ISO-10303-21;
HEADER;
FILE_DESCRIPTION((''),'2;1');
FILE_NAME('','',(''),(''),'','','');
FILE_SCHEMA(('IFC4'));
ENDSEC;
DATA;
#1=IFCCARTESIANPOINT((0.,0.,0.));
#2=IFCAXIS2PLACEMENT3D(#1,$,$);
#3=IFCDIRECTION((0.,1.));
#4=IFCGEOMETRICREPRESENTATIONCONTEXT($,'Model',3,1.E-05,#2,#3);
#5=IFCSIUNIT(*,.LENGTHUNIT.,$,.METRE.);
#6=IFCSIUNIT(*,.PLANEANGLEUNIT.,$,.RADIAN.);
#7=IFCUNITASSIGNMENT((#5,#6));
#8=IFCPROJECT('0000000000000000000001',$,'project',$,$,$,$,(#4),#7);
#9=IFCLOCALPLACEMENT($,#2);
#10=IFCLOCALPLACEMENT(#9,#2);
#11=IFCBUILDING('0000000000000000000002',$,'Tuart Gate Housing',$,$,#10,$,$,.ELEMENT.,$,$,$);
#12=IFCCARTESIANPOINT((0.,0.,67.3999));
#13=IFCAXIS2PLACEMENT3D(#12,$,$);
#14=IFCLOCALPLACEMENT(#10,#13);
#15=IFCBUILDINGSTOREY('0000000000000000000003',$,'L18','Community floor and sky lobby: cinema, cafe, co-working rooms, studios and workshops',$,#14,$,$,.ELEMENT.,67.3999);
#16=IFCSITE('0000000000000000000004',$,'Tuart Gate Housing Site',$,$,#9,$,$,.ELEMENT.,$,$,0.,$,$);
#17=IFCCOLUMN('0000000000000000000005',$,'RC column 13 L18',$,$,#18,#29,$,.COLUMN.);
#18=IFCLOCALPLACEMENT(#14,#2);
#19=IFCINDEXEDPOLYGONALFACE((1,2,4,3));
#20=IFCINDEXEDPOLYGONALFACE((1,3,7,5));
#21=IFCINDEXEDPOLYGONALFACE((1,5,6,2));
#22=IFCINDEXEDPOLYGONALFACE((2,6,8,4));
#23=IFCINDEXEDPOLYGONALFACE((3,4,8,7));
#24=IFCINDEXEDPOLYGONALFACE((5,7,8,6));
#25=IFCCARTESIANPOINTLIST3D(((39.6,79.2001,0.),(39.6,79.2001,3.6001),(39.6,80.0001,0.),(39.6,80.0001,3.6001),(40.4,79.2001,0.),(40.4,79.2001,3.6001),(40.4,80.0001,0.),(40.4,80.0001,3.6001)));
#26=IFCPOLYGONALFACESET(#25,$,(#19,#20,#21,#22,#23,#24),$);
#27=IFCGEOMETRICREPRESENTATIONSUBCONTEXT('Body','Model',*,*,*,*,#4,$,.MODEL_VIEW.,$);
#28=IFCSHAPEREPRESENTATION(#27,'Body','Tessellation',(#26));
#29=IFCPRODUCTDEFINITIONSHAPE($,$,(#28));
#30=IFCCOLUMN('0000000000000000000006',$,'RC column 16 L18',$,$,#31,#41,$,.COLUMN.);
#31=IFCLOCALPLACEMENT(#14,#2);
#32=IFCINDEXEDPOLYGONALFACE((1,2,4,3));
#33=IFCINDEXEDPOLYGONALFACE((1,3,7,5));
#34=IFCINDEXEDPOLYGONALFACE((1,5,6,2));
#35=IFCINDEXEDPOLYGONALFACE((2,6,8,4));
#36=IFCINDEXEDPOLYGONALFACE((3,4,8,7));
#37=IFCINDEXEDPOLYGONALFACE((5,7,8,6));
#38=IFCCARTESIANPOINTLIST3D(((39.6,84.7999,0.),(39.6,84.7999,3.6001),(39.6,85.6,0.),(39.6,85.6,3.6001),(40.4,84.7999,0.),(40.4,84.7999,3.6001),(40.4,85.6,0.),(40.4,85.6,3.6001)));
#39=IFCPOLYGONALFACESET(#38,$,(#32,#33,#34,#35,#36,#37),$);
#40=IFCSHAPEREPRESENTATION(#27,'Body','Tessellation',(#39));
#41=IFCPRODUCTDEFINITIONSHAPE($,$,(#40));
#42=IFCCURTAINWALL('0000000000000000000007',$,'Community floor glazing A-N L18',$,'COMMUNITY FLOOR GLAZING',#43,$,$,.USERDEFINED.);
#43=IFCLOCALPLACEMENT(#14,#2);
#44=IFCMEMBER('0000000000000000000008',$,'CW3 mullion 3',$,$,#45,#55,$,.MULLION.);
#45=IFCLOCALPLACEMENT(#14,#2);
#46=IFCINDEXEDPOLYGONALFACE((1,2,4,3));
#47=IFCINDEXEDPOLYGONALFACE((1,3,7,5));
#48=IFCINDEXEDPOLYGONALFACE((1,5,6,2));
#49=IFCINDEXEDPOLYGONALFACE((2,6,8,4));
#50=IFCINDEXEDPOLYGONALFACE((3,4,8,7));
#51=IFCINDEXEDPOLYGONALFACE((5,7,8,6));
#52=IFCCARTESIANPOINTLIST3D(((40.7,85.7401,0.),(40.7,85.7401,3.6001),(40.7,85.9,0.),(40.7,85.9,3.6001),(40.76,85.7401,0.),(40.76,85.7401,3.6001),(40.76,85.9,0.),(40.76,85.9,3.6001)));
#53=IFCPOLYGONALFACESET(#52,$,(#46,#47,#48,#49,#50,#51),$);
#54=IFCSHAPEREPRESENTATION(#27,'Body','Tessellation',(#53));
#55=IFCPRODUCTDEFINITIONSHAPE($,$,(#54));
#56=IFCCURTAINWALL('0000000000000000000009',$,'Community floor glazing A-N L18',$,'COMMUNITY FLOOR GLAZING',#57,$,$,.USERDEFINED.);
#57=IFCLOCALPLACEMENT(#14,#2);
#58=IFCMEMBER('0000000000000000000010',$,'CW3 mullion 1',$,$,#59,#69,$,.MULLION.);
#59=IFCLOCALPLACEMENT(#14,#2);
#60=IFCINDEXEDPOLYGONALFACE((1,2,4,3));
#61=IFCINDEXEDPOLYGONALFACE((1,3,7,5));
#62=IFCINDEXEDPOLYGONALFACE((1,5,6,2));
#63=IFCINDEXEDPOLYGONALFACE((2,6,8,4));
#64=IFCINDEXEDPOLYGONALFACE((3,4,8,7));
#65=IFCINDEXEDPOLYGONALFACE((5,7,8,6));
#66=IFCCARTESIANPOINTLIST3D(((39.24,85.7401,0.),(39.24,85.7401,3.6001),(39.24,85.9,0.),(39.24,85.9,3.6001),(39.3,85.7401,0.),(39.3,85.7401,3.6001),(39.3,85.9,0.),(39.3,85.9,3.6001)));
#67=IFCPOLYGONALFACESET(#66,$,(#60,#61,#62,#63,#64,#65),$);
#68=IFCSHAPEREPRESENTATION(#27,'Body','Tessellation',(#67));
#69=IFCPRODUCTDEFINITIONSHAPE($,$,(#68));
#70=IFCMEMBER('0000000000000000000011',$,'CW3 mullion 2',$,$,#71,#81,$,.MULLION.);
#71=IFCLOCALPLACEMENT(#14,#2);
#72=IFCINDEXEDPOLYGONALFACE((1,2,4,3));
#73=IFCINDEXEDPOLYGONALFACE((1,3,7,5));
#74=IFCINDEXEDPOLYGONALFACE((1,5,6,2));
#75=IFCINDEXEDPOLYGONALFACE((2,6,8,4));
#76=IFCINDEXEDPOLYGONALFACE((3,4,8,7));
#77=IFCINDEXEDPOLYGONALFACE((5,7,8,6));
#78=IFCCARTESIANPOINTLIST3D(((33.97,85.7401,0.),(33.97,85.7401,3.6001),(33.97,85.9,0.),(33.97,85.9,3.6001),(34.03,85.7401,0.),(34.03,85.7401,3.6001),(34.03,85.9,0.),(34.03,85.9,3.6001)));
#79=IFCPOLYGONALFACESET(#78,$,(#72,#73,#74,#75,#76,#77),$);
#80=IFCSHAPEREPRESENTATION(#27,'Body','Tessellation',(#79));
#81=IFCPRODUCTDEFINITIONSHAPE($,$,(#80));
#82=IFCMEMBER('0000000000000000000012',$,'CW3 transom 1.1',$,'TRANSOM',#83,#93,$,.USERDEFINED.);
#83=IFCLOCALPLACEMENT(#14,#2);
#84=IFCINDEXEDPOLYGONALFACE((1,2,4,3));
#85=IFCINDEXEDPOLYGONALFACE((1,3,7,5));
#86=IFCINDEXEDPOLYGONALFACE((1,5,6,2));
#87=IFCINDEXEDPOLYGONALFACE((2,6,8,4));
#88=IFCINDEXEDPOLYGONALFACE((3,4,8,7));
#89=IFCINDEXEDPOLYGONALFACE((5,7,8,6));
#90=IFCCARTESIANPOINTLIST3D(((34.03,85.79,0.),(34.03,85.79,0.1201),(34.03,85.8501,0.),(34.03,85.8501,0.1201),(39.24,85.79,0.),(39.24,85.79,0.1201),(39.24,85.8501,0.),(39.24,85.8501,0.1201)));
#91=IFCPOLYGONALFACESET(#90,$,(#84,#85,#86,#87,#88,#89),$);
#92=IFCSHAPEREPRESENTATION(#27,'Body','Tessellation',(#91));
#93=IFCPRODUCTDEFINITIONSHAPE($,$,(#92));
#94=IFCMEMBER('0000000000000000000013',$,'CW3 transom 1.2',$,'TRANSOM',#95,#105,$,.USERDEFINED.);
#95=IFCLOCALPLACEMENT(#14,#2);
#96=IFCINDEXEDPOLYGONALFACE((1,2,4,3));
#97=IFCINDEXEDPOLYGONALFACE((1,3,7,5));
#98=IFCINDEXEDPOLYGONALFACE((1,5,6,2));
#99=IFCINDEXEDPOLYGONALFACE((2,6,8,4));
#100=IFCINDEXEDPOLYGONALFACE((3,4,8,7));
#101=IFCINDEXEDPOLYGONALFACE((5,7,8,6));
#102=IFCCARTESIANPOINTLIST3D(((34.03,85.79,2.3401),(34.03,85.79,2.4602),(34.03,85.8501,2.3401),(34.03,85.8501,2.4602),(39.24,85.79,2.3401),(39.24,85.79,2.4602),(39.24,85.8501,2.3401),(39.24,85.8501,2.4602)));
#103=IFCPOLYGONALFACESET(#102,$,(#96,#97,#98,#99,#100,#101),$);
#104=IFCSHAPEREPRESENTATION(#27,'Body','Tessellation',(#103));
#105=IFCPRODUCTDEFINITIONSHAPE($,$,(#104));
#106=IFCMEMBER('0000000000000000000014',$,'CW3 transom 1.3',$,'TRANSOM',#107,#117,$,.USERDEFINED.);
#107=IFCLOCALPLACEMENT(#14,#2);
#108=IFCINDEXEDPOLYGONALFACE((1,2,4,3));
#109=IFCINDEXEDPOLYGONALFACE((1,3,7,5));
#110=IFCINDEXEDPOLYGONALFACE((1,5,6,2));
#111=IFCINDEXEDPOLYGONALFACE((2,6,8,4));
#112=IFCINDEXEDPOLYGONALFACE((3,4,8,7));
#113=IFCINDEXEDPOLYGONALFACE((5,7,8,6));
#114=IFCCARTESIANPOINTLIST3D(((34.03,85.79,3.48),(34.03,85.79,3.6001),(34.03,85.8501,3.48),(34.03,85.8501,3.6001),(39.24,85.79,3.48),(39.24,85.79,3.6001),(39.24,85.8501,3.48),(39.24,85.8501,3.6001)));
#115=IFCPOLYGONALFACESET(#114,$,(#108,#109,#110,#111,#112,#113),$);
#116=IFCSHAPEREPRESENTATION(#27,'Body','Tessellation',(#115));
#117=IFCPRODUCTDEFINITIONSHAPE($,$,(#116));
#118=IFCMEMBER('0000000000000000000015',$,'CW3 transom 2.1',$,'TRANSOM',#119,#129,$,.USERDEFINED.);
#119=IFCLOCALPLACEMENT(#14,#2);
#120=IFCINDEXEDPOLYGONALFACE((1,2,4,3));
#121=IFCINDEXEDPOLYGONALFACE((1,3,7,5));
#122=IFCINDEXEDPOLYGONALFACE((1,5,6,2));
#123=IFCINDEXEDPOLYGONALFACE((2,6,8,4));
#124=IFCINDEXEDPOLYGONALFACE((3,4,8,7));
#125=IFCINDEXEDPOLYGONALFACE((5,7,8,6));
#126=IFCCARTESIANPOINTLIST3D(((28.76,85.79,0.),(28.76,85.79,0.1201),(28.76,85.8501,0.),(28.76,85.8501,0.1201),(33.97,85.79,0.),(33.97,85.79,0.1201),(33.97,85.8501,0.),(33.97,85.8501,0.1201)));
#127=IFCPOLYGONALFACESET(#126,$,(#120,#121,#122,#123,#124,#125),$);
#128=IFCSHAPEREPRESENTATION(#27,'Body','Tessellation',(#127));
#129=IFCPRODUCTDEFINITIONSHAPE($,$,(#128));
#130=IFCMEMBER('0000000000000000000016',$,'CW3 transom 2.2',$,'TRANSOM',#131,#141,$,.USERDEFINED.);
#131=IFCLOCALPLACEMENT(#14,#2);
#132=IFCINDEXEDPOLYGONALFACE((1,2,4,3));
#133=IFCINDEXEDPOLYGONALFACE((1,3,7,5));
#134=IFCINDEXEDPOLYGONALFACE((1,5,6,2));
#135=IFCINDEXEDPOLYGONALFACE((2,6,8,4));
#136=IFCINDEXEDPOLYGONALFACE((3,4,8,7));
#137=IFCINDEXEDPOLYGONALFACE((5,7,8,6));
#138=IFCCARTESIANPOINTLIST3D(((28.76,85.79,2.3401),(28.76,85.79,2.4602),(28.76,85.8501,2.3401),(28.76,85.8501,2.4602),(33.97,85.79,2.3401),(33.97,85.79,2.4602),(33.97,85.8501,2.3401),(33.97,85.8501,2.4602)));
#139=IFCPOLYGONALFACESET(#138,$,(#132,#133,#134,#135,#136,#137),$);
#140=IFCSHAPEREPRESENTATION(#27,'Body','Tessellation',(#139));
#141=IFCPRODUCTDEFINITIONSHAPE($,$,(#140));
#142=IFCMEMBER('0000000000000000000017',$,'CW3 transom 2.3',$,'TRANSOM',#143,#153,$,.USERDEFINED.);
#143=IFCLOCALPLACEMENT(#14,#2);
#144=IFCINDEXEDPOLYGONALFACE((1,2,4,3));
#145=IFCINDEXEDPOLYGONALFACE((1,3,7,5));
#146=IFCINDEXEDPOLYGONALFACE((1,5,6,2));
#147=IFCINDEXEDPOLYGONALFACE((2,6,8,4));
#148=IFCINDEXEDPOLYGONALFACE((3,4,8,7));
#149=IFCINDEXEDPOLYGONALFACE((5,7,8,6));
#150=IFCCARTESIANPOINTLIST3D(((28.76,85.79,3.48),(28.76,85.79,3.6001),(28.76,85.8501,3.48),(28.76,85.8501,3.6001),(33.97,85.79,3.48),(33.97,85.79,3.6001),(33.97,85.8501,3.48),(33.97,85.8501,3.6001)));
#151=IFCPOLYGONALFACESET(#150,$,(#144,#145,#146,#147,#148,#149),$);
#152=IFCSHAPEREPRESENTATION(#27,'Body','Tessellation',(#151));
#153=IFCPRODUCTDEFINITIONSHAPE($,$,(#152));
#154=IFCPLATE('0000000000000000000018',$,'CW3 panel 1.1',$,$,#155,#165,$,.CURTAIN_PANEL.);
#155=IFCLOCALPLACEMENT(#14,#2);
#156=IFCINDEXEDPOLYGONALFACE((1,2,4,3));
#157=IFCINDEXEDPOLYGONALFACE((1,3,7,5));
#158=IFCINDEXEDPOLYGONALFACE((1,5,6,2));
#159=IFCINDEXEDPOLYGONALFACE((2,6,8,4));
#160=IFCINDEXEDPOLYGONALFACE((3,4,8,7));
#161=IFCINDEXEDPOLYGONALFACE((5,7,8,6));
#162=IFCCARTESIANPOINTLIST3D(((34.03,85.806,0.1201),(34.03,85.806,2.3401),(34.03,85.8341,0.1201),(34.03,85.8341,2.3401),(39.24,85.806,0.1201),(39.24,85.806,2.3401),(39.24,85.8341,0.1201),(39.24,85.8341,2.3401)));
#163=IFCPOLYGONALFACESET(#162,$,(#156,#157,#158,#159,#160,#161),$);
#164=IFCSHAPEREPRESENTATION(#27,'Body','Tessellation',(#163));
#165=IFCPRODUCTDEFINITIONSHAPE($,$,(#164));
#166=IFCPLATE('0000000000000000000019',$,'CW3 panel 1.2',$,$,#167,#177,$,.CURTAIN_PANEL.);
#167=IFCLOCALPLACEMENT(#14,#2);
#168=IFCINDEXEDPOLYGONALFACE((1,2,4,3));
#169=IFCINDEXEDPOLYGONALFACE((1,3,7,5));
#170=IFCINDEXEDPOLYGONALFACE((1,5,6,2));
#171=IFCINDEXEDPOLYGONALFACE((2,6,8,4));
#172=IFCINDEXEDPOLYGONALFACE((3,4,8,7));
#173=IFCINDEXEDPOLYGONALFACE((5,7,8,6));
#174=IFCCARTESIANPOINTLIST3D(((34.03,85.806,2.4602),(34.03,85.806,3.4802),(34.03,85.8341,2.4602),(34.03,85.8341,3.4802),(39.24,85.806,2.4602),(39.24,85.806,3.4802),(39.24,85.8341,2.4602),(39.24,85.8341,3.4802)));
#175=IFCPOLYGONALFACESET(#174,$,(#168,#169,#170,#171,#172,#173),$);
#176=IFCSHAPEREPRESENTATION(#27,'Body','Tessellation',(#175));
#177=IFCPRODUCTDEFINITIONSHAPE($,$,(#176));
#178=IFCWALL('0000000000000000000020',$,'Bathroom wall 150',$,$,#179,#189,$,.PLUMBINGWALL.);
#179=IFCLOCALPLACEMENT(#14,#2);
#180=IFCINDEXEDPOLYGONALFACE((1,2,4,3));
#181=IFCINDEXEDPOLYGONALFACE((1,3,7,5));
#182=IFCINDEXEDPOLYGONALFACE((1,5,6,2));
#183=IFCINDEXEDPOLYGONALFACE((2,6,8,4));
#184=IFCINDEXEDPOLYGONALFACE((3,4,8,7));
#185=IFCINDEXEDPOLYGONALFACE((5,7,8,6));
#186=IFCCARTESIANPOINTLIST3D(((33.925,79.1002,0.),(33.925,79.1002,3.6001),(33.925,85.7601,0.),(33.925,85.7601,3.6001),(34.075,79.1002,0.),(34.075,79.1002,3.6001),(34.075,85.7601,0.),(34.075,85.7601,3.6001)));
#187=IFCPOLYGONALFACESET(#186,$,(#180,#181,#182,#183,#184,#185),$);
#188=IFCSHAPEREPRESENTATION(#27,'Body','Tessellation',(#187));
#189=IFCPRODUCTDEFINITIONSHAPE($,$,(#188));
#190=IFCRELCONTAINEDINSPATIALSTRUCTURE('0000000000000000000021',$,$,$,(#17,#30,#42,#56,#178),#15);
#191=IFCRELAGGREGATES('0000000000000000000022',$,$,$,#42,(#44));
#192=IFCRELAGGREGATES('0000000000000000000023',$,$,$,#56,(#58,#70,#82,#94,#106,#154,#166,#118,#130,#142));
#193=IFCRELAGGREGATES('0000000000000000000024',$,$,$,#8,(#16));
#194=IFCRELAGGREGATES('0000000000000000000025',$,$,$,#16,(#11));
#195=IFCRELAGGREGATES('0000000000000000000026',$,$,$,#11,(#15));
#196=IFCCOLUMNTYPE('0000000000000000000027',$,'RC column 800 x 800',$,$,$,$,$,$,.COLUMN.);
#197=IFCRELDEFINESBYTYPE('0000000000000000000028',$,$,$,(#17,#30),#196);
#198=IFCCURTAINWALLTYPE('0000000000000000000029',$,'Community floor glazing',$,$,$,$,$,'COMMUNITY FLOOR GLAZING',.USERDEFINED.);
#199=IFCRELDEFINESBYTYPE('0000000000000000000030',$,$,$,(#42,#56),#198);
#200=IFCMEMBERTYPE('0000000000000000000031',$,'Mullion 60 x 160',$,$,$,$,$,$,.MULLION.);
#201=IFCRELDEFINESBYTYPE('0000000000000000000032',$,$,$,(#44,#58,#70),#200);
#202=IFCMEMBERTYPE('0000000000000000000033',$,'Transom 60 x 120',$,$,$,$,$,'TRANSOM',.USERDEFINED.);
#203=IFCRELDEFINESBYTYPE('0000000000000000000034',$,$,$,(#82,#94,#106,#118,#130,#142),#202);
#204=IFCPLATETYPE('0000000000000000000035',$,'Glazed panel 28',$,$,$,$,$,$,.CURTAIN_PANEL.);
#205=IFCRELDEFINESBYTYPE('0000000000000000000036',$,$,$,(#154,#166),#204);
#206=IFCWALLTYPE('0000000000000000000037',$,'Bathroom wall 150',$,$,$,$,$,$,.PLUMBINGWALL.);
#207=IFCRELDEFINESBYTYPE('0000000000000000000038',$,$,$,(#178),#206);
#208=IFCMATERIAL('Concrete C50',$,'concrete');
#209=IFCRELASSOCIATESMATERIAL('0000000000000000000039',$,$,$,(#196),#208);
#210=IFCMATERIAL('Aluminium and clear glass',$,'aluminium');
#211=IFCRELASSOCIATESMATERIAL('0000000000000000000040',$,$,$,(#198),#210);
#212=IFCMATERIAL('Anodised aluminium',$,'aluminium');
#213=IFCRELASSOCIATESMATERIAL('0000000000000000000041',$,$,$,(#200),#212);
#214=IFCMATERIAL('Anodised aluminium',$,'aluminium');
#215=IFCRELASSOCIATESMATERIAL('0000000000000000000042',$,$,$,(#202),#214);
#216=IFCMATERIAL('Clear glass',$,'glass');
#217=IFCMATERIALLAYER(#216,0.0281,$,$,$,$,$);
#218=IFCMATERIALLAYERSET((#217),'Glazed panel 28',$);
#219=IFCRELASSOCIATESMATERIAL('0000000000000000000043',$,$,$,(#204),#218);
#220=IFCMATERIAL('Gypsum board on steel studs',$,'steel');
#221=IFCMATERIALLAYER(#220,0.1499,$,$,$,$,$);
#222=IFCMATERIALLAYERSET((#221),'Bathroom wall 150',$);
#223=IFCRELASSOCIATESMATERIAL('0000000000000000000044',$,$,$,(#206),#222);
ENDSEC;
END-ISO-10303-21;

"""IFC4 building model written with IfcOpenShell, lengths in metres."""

from ifc_helpers import new_model, si_unit, direction, frame, frame_2d, origin, origin_2d, place, context, subcontext, project, spatial, rectangle, extrude, material, layer, layer_set, material_profile, profile_set, type_object, element, aggregate, save


model = new_model("IFC4")

# Units and contexts
model_context = context("Model", 3, precision=1e-05, world=origin(), true_north=direction((0.0, 1.0)))
body_context = subcontext(model_context, "Body", "Model", "MODEL_VIEW")
ifc_project = project(units=[si_unit("LENGTHUNIT", "METRE"), si_unit("PLANEANGLEUNIT", "RADIAN")], contexts=[model_context])

# Site, building, storey
site_placement = place(None, origin())
site = spatial("IfcSite", under=ifc_project, at=site_placement, Name="Tuart Gate Housing Site", CompositionType="ELEMENT", RefElevation=0.0)
building_placement = place(site_placement, origin())
building = spatial("IfcBuilding", under=site, at=building_placement, Name="Tuart Gate Housing", CompositionType="ELEMENT")
storey_placement = place(building_placement, frame((0.0, 0.0, 67.3999)))
storey = spatial("IfcBuildingStorey", under=building, at=storey_placement, Name="L18", Description="Community floor and sky lobby: cinema, cafe, co-working rooms, studios and workshops", CompositionType="ELEMENT", Elevation=67.3999)

# Columns
ifc_material_1 = material(Name="Concrete C50", Category="concrete")
ifc_material_profile_1 = material_profile(ifc_material_1, rectangle(XDim=0.8, YDim=0.8, at=origin_2d()), Name="RC column 800 x 800")
ifc_profile_set_1 = profile_set([ifc_material_profile_1], Name="Concrete C50")
column_type = type_object("IfcColumnType", Name="RC column 800 x 800", PredefinedType="COLUMN", material=ifc_profile_set_1)
for number, where, z_axis, x_axis, name in (
    (1, (40.0, 79.6001, 0.0), (0.0, 0.0, 1.0), (1.0, 0.0, 0.0), "RC column 13 L18"),
    (2, (40.0, 85.2, 0.0), (0.0, 0.0, 1.0), (1.0, 0.0, 0.0), "RC column 16 L18"),
):
    element("IfcColumn", number, at=place(storey_placement, frame(where, z_axis=z_axis, x_axis=x_axis)), inside=storey, type_object=column_type, Name=name, PredefinedType="COLUMN", context=body_context, shape_type="SweptSolid", body=[
        extrude(rectangle(XDim=0.8, YDim=0.8, at=origin_2d()), origin(), (0.0, 0.0, 1.0), 3.6001),
    ])

# Curtain wall, member
ifc_material_2 = material(Name="Aluminium and clear glass", Category="aluminium")
curtain_wall_type = type_object("IfcCurtainWallType", Name="Community floor glazing", ElementType="COMMUNITY FLOOR GLAZING", PredefinedType="USERDEFINED", material=ifc_material_2)
curtain_wall_1_placement = place(storey_placement, origin())
curtain_wall_1 = element("IfcCurtainWall", 3, at=curtain_wall_1_placement, inside=storey, type_object=curtain_wall_type, Name="Community floor glazing A-N L18", ObjectType="COMMUNITY FLOOR GLAZING", PredefinedType="USERDEFINED")
ifc_material_3 = material(Name="Anodised aluminium", Category="aluminium")
ifc_material_profile_2 = material_profile(ifc_material_3, rectangle(XDim=0.0601, YDim=0.1599, at=origin_2d()), Name="60x160")
ifc_profile_set_2 = profile_set([ifc_material_profile_2], Name="Anodised aluminium")
member_type_1 = type_object("IfcMemberType", Name="Mullion 60 x 160", PredefinedType="MULLION", material=ifc_profile_set_2)
member_1_placement = place(storey_placement, frame((40.73, 85.8201, 0.0), z_axis=(0.0, 0.0, 1.0), x_axis=(-1.0, 0.0, 0.0)))
member_1 = element("IfcMember", 4, at=member_1_placement, type_object=member_type_1, Name="CW3 mullion 3", PredefinedType="MULLION", context=body_context, shape_type="SweptSolid", body=[
    extrude(rectangle(XDim=0.0601, YDim=0.1599, at=origin_2d()), origin(), (0.0, 0.0, 1.0), 3.6001),
])
aggregate(curtain_wall_1, [member_1])

# Curtain wall, members, plates
curtain_wall_2_placement = place(storey_placement, origin())
curtain_wall_2 = element("IfcCurtainWall", 5, at=curtain_wall_2_placement, inside=storey, type_object=curtain_wall_type, Name="Community floor glazing A-N L18", ObjectType="COMMUNITY FLOOR GLAZING", PredefinedType="USERDEFINED")
member_2_placement = place(storey_placement, frame((39.27, 85.8201, 0.0), z_axis=(0.0, 0.0, 1.0), x_axis=(-1.0, 0.0, 0.0)))
member_2 = element("IfcMember", 6, at=member_2_placement, type_object=member_type_1, Name="CW3 mullion 1", PredefinedType="MULLION", context=body_context, shape_type="SweptSolid", body=[
    extrude(rectangle(XDim=0.0601, YDim=0.1599, at=origin_2d()), origin(), (0.0, 0.0, 1.0), 3.6001),
])
member_3_placement = place(storey_placement, frame((34.0, 85.8201, 0.0), z_axis=(0.0, 0.0, 1.0), x_axis=(-1.0, 0.0, 0.0)))
member_3 = element("IfcMember", 7, at=member_3_placement, type_object=member_type_1, Name="CW3 mullion 2", PredefinedType="MULLION", context=body_context, shape_type="SweptSolid", body=[
    extrude(rectangle(XDim=0.0601, YDim=0.1599, at=origin_2d()), origin(), (0.0, 0.0, 1.0), 3.6001),
])
ifc_material_4 = material(Name="Anodised aluminium", Category="aluminium")
ifc_material_profile_3 = material_profile(ifc_material_4, rectangle(XDim=0.0601, YDim=0.1201, at=origin_2d()), Name="60x120")
ifc_profile_set_3 = profile_set([ifc_material_profile_3], Name="Anodised aluminium")
member_type_2 = type_object("IfcMemberType", Name="Transom 60 x 120", ElementType="TRANSOM", PredefinedType="USERDEFINED", material=ifc_profile_set_3)
member_4_placement = place(storey_placement, frame((39.24, 85.8201, 0.0601), z_axis=(-1.0, 0.0, 0.0), x_axis=(0.0, -1.0, 0.0)))
member_4 = element("IfcMember", 8, at=member_4_placement, type_object=member_type_2, Name="CW3 transom 1.1", ObjectType="TRANSOM", PredefinedType="USERDEFINED", context=body_context, shape_type="SweptSolid", body=[
    extrude(rectangle(XDim=0.0601, YDim=0.1201, at=origin_2d()), origin(), (0.0, 0.0, 1.0), 5.21),
])
member_5_placement = place(storey_placement, frame((39.24, 85.8201, 2.4001), z_axis=(-1.0, 0.0, 0.0), x_axis=(0.0, -1.0, 0.0)))
member_5 = element("IfcMember", 9, at=member_5_placement, type_object=member_type_2, Name="CW3 transom 1.2", ObjectType="TRANSOM", PredefinedType="USERDEFINED", context=body_context, shape_type="SweptSolid", body=[
    extrude(rectangle(XDim=0.0601, YDim=0.1201, at=origin_2d()), origin(), (0.0, 0.0, 1.0), 5.21),
])
member_6_placement = place(storey_placement, frame((39.24, 85.8201, 3.54), z_axis=(-1.0, 0.0, 0.0), x_axis=(0.0, -1.0, 0.0)))
member_6 = element("IfcMember", 10, at=member_6_placement, type_object=member_type_2, Name="CW3 transom 1.3", ObjectType="TRANSOM", PredefinedType="USERDEFINED", context=body_context, shape_type="SweptSolid", body=[
    extrude(rectangle(XDim=0.0601, YDim=0.1201, at=origin_2d()), origin(), (0.0, 0.0, 1.0), 5.21),
])
member_7_placement = place(storey_placement, frame((33.97, 85.8201, 0.0601), z_axis=(-1.0, 0.0, 0.0), x_axis=(0.0, -1.0, 0.0)))
member_7 = element("IfcMember", 11, at=member_7_placement, type_object=member_type_2, Name="CW3 transom 2.1", ObjectType="TRANSOM", PredefinedType="USERDEFINED", context=body_context, shape_type="SweptSolid", body=[
    extrude(rectangle(XDim=0.0601, YDim=0.1201, at=origin_2d()), origin(), (0.0, 0.0, 1.0), 5.21),
])
member_8_placement = place(storey_placement, frame((33.97, 85.8201, 2.4001), z_axis=(-1.0, 0.0, 0.0), x_axis=(0.0, -1.0, 0.0)))
member_8 = element("IfcMember", 12, at=member_8_placement, type_object=member_type_2, Name="CW3 transom 2.2", ObjectType="TRANSOM", PredefinedType="USERDEFINED", context=body_context, shape_type="SweptSolid", body=[
    extrude(rectangle(XDim=0.0601, YDim=0.1201, at=origin_2d()), origin(), (0.0, 0.0, 1.0), 5.21),
])
member_9_placement = place(storey_placement, frame((33.97, 85.8201, 3.54), z_axis=(-1.0, 0.0, 0.0), x_axis=(0.0, -1.0, 0.0)))
member_9 = element("IfcMember", 13, at=member_9_placement, type_object=member_type_2, Name="CW3 transom 2.3", ObjectType="TRANSOM", PredefinedType="USERDEFINED", context=body_context, shape_type="SweptSolid", body=[
    extrude(rectangle(XDim=0.0601, YDim=0.1201, at=origin_2d()), origin(), (0.0, 0.0, 1.0), 5.21),
])
ifc_material_5 = material(Name="Clear glass", Category="glass")
ifc_layer_1 = layer(ifc_material_5, 0.0281)
ifc_layer_set_1 = layer_set([ifc_layer_1], Name="Glazed panel 28")
plate_type = type_object("IfcPlateType", Name="Glazed panel 28", PredefinedType="CURTAIN_PANEL", material=ifc_layer_set_1)
plate_1_placement = place(storey_placement, frame((36.635, 85.8201, 0.1201), z_axis=(0.0, 0.0, 1.0), x_axis=(-1.0, 0.0, 0.0)))
plate_1 = element("IfcPlate", 14, at=plate_1_placement, type_object=plate_type, Name="CW3 panel 1.1", PredefinedType="CURTAIN_PANEL", context=body_context, shape_type="SweptSolid", body=[
    extrude(rectangle(XDim=5.21, YDim=0.0281, at=origin_2d()), origin(), (0.0, 0.0, 1.0), 2.22),
])
plate_2_placement = place(storey_placement, frame((36.635, 85.8201, 2.4602), z_axis=(0.0, 0.0, 1.0), x_axis=(-1.0, 0.0, 0.0)))
plate_2 = element("IfcPlate", 15, at=plate_2_placement, type_object=plate_type, Name="CW3 panel 1.2", PredefinedType="CURTAIN_PANEL", context=body_context, shape_type="SweptSolid", body=[
    extrude(rectangle(XDim=5.21, YDim=0.0281, at=origin_2d()), origin(), (0.0, 0.0, 1.0), 1.02),
])
aggregate(curtain_wall_2, [member_2, member_3, member_4, member_5, member_6, plate_1, plate_2, member_7, member_8, member_9])

# Wall
ifc_material_6 = material(Name="Gypsum board on steel studs", Category="steel")
ifc_layer_2 = layer(ifc_material_6, 0.1499)
ifc_layer_set_2 = layer_set([ifc_layer_2], Name="Bathroom wall 150")
wall_type_1 = type_object("IfcWallType", Name="Bathroom wall 150", PredefinedType="PLUMBINGWALL", material=ifc_layer_set_2)
wall_1_placement = place(storey_placement, frame((34.0, 79.1001, 0.0), z_axis=(0.0, 0.0, 1.0), x_axis=(0.0, 1.0, 0.0)))
element("IfcWall", 16, at=wall_1_placement, inside=storey, type_object=wall_type_1, Name="Bathroom wall 150", PredefinedType="PLUMBINGWALL", context=body_context, shape_type="SweptSolid", body=[
    extrude(rectangle(XDim=6.6599, YDim=0.1499, at=frame_2d((3.3301, 0.0))), origin(), (0.0, 0.0, 1.0), 3.6001),
])

save(model, "model.ifc")
